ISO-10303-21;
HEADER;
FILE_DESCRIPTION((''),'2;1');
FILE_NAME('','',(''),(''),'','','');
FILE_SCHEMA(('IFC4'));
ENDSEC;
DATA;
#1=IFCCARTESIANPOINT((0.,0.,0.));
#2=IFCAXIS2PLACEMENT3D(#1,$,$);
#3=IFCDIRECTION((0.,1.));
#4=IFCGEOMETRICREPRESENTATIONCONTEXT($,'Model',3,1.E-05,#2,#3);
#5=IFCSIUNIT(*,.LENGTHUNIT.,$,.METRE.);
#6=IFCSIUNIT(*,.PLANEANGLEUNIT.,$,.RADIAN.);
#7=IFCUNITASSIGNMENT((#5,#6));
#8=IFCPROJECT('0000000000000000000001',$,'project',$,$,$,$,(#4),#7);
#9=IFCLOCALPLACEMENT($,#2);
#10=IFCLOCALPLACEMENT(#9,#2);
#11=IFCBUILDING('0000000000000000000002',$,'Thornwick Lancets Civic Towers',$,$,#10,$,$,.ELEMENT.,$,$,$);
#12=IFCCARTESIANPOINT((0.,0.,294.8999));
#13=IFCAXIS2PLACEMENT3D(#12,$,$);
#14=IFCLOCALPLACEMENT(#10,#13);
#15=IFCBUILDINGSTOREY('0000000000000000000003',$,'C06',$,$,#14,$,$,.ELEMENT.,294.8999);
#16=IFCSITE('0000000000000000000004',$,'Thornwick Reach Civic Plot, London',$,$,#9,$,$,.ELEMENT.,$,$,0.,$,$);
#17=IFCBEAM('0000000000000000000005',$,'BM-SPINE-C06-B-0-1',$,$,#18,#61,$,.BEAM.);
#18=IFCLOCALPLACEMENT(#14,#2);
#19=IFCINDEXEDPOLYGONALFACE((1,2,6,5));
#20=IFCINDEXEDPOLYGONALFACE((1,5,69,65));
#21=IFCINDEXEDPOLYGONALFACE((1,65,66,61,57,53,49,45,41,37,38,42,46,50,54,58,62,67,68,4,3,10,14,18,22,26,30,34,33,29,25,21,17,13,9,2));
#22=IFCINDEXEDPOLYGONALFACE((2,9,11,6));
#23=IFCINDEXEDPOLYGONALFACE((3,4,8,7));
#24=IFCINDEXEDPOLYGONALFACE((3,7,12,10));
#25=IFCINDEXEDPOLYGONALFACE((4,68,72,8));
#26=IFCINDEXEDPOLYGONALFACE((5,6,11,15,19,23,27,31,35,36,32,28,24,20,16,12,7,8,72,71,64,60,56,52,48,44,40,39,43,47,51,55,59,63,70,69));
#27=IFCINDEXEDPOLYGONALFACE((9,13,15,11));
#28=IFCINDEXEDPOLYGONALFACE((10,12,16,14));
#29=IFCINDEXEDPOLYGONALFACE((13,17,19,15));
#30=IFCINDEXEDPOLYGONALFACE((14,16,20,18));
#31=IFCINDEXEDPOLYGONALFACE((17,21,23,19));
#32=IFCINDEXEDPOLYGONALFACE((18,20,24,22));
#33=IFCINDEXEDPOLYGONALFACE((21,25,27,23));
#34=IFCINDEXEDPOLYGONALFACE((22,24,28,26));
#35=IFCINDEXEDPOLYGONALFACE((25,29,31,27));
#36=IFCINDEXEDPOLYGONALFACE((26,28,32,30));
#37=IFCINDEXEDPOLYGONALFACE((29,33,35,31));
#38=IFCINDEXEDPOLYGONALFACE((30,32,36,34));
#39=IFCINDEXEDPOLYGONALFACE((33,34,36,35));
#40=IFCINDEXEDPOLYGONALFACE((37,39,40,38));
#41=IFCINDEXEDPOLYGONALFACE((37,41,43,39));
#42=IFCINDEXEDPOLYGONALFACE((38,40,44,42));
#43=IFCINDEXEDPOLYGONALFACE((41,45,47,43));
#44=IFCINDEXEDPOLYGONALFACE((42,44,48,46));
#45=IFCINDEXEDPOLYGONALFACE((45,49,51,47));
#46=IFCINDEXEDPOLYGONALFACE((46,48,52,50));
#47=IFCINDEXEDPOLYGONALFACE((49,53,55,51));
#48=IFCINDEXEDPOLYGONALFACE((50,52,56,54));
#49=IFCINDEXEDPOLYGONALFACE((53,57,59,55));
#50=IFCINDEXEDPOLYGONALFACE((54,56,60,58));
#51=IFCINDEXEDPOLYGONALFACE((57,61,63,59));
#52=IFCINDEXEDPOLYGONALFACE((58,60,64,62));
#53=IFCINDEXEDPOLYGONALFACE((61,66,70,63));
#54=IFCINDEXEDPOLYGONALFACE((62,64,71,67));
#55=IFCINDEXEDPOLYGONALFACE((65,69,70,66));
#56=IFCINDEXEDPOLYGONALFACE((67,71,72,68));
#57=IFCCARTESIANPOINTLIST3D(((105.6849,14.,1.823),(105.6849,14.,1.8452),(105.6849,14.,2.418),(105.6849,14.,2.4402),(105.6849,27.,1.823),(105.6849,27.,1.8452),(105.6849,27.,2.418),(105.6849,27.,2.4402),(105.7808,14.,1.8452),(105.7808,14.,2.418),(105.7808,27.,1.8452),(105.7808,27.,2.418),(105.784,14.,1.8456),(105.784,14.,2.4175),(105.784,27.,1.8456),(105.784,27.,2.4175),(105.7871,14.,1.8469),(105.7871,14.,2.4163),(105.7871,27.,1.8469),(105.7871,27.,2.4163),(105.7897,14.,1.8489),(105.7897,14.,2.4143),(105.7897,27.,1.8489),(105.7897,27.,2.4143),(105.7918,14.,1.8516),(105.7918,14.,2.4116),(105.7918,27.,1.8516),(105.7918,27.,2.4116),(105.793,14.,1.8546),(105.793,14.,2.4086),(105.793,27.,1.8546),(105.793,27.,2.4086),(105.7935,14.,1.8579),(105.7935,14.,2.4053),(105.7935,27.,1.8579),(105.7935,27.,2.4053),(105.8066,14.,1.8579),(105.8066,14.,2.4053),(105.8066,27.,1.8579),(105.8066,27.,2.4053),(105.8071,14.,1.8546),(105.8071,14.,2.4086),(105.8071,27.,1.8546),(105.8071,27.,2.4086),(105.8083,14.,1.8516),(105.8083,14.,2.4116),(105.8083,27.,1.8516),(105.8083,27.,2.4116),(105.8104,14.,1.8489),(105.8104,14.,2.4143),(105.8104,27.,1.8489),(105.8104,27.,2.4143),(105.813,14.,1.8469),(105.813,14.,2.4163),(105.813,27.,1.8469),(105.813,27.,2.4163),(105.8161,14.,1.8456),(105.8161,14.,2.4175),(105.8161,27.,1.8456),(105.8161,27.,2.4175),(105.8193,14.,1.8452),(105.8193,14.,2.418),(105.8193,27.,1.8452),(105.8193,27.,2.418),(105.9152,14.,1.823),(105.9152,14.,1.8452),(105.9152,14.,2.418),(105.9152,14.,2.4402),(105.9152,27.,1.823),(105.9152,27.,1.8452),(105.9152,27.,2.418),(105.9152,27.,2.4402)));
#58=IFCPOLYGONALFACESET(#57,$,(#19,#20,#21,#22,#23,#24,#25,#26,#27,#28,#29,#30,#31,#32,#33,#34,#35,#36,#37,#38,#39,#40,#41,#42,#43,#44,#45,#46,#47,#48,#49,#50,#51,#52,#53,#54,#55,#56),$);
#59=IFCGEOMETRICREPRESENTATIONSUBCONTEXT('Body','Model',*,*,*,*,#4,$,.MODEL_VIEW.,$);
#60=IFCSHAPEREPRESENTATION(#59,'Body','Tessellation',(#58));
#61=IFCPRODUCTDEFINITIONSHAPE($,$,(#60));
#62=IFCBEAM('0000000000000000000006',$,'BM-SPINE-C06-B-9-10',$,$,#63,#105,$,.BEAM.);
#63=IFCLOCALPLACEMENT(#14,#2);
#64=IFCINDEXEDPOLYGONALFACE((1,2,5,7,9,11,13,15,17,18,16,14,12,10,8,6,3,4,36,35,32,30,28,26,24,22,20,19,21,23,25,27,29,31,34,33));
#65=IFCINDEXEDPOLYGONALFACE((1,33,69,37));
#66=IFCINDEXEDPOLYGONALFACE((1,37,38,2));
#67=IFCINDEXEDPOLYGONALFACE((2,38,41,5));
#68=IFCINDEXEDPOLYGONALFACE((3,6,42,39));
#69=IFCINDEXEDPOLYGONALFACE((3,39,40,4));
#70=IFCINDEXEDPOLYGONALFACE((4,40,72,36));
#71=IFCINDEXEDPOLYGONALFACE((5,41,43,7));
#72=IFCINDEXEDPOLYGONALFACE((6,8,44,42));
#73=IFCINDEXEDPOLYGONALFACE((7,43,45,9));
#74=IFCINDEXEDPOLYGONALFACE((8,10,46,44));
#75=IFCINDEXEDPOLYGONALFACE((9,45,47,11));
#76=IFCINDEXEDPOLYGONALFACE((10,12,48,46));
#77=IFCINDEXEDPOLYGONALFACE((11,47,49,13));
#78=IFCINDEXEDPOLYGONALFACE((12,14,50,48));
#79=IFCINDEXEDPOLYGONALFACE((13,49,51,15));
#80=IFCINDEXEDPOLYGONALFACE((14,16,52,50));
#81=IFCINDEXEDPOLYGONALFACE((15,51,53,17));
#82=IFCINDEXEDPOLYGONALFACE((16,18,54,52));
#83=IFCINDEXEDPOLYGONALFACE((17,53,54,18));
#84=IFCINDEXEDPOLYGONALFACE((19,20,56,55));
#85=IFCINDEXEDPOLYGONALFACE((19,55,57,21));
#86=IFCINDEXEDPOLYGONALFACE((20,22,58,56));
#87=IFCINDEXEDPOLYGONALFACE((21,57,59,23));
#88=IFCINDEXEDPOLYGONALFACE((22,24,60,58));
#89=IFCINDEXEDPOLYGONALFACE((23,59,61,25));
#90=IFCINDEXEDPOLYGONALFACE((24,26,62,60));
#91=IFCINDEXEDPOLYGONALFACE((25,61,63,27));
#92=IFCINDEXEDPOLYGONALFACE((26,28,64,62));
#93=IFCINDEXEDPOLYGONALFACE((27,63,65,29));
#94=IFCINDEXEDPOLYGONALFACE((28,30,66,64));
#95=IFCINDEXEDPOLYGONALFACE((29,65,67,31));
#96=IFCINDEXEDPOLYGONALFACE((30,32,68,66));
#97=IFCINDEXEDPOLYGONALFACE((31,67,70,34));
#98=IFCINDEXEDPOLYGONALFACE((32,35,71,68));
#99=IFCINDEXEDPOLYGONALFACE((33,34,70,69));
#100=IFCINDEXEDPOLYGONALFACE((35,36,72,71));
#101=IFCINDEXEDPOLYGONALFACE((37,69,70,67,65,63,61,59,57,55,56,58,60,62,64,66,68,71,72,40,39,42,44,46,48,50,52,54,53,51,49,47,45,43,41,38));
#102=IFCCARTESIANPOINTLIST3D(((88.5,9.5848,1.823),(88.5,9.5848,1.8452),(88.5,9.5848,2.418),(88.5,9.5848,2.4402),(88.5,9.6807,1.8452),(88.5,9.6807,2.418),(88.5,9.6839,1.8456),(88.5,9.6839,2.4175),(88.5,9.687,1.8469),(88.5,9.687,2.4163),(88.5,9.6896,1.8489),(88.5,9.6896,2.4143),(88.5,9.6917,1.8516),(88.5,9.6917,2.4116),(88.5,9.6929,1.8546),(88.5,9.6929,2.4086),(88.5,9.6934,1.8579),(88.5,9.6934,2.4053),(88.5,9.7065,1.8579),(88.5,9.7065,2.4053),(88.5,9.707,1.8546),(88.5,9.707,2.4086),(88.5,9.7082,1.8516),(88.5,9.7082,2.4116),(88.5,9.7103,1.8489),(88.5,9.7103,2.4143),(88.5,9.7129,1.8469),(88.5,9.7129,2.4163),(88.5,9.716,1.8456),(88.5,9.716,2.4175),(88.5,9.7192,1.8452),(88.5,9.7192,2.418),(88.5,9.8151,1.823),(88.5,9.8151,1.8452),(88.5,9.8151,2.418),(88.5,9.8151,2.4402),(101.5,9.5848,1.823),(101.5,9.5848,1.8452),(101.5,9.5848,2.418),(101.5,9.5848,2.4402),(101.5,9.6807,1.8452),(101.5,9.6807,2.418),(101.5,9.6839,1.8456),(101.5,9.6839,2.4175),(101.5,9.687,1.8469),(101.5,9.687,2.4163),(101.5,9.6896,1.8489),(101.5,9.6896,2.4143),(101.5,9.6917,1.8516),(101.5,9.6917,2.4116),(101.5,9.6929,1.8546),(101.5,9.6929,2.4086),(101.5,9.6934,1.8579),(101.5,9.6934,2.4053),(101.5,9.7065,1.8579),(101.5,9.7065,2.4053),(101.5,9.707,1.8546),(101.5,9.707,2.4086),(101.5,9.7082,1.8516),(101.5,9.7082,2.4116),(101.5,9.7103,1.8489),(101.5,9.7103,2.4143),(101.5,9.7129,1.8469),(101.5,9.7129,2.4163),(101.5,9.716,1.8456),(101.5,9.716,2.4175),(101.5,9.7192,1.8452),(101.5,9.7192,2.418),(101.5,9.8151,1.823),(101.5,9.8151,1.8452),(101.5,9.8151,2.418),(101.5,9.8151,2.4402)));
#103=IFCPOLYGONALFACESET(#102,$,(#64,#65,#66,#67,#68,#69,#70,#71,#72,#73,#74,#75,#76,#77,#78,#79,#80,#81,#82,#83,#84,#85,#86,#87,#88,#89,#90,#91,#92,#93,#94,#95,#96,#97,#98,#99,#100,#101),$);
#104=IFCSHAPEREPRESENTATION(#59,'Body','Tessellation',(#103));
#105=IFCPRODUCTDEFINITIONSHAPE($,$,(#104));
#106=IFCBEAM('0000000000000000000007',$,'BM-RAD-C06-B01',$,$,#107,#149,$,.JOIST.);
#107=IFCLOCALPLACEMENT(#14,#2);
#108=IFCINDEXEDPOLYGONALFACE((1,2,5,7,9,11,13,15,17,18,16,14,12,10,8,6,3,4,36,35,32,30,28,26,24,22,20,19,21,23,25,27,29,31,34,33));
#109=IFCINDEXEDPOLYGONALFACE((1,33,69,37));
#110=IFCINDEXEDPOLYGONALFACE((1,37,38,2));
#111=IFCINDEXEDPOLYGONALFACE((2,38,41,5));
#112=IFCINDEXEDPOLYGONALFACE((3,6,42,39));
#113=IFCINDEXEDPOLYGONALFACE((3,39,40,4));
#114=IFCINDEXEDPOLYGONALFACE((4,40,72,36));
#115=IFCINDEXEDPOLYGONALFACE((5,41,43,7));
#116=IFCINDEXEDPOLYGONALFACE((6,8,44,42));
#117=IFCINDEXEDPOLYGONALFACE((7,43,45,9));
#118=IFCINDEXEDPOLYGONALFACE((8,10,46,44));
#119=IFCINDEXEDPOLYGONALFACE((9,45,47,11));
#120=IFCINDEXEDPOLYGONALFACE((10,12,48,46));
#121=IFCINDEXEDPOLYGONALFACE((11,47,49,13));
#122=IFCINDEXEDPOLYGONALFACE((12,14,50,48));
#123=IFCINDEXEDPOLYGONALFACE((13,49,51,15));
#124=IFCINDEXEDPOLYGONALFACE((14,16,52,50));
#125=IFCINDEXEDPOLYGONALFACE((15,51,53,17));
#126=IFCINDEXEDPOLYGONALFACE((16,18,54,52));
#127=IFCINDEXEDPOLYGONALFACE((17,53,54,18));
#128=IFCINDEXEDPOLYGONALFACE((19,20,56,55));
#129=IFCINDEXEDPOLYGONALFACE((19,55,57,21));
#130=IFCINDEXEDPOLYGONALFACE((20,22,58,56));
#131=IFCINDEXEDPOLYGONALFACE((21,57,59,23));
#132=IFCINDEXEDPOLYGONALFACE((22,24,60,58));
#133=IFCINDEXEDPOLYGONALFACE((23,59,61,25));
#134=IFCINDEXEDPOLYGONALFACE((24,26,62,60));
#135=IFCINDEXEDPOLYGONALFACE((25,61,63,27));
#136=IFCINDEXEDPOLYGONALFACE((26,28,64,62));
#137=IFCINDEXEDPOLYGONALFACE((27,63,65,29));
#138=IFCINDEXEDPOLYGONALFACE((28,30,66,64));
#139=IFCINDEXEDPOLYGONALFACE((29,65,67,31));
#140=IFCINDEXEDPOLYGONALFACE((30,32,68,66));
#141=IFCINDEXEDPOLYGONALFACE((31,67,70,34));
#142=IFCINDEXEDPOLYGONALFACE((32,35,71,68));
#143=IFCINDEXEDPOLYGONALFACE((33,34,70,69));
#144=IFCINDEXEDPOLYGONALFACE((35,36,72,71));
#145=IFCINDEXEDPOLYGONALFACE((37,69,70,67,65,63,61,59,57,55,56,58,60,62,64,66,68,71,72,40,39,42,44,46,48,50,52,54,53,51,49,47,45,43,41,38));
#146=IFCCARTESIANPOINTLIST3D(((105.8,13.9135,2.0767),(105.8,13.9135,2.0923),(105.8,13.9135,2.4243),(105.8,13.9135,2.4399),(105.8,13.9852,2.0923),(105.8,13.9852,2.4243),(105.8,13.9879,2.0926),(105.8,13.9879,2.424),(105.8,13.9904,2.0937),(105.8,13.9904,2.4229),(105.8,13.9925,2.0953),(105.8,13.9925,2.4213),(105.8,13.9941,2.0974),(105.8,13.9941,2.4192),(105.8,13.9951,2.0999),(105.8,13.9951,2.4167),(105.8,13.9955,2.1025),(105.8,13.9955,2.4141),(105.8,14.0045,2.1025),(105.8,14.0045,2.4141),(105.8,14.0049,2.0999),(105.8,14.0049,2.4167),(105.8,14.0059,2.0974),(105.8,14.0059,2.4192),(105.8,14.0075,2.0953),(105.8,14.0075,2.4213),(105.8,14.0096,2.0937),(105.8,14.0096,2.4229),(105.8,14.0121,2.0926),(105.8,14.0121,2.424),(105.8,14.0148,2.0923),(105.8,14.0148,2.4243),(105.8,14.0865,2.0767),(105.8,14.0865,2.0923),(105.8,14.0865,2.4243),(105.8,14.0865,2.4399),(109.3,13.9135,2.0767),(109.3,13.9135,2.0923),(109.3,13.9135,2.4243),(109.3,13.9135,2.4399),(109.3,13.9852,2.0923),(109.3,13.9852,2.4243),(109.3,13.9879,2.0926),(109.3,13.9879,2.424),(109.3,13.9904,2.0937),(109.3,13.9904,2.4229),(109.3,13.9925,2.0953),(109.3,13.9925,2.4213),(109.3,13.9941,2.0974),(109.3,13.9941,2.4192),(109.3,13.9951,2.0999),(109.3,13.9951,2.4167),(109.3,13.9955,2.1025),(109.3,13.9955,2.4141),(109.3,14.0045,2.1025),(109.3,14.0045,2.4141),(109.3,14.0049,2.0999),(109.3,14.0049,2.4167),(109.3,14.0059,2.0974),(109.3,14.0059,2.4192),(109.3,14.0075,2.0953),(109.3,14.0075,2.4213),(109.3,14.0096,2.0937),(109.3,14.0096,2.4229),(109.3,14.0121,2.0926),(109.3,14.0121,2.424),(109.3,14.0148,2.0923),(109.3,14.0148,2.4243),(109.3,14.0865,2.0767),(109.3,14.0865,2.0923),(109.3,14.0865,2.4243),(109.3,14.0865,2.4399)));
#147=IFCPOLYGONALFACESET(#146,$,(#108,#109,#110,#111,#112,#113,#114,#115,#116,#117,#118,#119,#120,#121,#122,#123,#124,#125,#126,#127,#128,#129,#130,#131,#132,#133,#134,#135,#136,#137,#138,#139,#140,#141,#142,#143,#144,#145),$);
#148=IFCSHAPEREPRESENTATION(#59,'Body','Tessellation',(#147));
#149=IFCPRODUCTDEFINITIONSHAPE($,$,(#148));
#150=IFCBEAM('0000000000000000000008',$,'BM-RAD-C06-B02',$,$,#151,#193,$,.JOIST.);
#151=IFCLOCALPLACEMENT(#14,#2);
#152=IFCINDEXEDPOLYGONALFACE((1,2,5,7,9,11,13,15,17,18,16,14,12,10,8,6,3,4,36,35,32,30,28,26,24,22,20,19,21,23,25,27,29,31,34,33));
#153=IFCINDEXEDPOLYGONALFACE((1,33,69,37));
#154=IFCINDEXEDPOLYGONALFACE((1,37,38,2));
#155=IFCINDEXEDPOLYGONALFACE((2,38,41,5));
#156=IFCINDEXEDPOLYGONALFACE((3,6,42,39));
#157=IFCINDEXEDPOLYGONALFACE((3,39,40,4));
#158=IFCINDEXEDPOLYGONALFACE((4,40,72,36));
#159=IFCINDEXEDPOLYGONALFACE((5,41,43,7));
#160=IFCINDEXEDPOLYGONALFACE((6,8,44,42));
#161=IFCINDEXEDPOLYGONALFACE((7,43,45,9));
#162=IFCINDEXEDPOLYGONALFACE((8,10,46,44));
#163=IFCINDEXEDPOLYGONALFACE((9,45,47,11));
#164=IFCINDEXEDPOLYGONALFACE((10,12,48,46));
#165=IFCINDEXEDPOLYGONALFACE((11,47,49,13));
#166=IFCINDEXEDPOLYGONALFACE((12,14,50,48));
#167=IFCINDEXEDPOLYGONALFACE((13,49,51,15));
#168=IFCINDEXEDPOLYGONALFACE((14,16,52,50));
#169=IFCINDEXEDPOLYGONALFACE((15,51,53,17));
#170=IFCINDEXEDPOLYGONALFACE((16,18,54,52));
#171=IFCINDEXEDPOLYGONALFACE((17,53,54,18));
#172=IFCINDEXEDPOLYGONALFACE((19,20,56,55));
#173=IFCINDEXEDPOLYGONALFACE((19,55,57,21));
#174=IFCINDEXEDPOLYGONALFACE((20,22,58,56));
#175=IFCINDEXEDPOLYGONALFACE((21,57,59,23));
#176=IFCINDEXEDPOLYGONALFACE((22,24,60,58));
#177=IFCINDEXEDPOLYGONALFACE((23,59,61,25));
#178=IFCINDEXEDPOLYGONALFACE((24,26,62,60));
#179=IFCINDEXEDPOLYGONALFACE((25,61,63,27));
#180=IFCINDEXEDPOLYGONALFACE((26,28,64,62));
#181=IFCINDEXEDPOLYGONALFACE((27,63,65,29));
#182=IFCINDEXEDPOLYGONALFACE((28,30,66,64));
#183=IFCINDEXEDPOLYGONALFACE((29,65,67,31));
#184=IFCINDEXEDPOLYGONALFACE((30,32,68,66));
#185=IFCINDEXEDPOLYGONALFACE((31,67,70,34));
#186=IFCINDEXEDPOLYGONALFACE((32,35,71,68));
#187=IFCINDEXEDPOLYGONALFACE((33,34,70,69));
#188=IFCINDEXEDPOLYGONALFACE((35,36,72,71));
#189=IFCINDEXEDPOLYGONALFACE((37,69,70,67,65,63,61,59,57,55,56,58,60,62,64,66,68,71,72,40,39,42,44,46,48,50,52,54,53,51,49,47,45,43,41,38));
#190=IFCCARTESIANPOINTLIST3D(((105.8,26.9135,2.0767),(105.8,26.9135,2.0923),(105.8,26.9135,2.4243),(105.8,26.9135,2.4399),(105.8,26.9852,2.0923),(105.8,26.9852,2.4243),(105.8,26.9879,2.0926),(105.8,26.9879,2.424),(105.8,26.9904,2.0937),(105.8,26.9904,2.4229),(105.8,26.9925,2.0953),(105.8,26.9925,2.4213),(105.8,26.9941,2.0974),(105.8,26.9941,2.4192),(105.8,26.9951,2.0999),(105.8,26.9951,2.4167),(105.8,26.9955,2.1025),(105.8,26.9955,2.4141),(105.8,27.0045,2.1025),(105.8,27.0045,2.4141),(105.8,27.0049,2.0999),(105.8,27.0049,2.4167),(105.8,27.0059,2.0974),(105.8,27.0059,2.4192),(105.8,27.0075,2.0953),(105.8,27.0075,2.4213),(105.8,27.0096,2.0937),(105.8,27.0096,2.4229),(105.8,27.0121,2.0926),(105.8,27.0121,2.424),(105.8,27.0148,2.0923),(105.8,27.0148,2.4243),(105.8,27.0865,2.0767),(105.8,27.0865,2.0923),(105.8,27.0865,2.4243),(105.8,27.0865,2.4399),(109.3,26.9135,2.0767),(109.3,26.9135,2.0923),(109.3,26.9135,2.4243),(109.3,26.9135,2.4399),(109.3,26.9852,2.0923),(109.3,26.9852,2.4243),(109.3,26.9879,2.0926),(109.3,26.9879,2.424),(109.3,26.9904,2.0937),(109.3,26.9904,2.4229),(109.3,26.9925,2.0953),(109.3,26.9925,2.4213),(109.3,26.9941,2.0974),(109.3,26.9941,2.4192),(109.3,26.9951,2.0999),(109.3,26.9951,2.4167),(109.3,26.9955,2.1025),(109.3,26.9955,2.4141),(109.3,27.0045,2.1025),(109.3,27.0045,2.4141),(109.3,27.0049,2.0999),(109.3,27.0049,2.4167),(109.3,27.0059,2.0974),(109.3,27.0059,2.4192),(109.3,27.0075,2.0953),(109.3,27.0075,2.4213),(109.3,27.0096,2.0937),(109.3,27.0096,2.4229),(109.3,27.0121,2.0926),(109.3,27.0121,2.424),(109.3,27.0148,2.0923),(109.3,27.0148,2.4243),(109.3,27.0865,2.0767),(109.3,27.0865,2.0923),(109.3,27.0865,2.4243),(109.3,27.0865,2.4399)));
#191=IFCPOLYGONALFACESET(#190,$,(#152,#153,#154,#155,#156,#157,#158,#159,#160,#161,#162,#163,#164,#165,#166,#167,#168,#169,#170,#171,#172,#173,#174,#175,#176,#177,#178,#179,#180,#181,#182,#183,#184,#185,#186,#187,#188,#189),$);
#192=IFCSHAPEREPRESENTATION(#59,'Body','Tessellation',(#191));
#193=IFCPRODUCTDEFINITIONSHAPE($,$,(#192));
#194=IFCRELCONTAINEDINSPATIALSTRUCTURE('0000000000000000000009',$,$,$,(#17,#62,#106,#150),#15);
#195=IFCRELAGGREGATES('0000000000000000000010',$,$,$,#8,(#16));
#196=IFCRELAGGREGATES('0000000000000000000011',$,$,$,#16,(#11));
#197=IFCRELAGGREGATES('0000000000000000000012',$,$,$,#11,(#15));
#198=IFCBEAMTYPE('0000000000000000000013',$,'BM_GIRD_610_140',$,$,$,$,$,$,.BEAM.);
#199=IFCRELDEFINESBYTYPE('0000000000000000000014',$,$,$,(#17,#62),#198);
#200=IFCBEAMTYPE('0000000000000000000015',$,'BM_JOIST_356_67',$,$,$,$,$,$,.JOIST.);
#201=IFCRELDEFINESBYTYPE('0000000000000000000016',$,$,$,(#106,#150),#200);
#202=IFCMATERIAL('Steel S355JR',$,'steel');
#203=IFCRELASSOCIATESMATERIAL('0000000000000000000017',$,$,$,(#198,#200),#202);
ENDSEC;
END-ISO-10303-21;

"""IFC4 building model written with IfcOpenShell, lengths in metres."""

from ifc_helpers import new_model, si_unit, direction, frame, origin, origin_2d, place, context, subcontext, project, spatial, i_section, extrude, material, material_profile, profile_set, type_object, element, save


model = new_model("IFC4")

# Units and contexts
model_context = context("Model", 3, precision=1e-05, world=origin(), true_north=direction((0.0, 1.0)))
body_context = subcontext(model_context, "Body", "Model", "MODEL_VIEW")
ifc_project = project(units=[si_unit("LENGTHUNIT", "METRE"), si_unit("PLANEANGLEUNIT", "RADIAN")], contexts=[model_context])

# Site, building, storey
site_placement = place(None, origin())
site = spatial("IfcSite", under=ifc_project, at=site_placement, Name="Thornwick Reach Civic Plot, London", CompositionType="ELEMENT", RefElevation=0.0)
building_placement = place(site_placement, origin())
building = spatial("IfcBuilding", under=site, at=building_placement, Name="Thornwick Lancets Civic Towers", CompositionType="ELEMENT")
storey_placement = place(building_placement, frame((0.0, 0.0, 294.8999)))
storey = spatial("IfcBuildingStorey", under=building, at=storey_placement, Name="C06", CompositionType="ELEMENT", Elevation=294.8999)

# Shared definitions
ifc_material_1 = material(Name="Steel S355JR", Category="steel")

# Beams
ifc_material_profile_1 = material_profile(ifc_material_1, i_section(OverallWidth=0.2302, OverallDepth=0.6172, WebThickness=0.0132, FlangeThickness=0.0222, FilletRadius=0.0127, at=origin_2d()), Name="UKB 610x229x140")
ifc_profile_set_1 = profile_set([ifc_material_profile_1], Name="Steel S355JR")
beam_type_1 = type_object("IfcBeamType", Name="BM_GIRD_610_140", PredefinedType="BEAM", material=ifc_profile_set_1)
for number, where, z_axis, x_axis, name in (
    (1, (105.8, 14.0, 2.1316), (0.0, 1.0, 0.0), (-1.0, 0.0, 0.0), "BM-SPINE-C06-B-0-1"),
    (2, (101.5, 9.7, 2.1316), (-1.0, 0.0, 0.0), (0.0, -1.0, 0.0), "BM-SPINE-C06-B-9-10"),
):
    element("IfcBeam", number, at=place(storey_placement, frame(where, z_axis=z_axis, x_axis=x_axis)), inside=storey, type_object=beam_type_1, Name=name, PredefinedType="BEAM", context=body_context, shape_type="SweptSolid", body=[
        extrude(i_section(OverallWidth=0.2302, OverallDepth=0.6172, WebThickness=0.0132, FlangeThickness=0.0222, FilletRadius=0.0127, at=origin_2d()), origin(), (0.0, 0.0, 1.0), 13.0),
    ])
ifc_material_profile_2 = material_profile(ifc_material_1, i_section(OverallWidth=0.1731, OverallDepth=0.3633, WebThickness=0.009, FlangeThickness=0.0156, FilletRadius=0.0103, at=origin_2d()), Name="UKB 356x171x67")
ifc_profile_set_2 = profile_set([ifc_material_profile_2], Name="Steel S355JR")
beam_type_2 = type_object("IfcBeamType", Name="BM_JOIST_356_67", PredefinedType="JOIST", material=ifc_profile_set_2)
for number, where, z_axis, x_axis, name in (
    (3, (105.8, 14.0, 2.2583), (1.0, 0.0, 0.0), (0.0, 1.0, 0.0), "BM-RAD-C06-B01"),
    (4, (105.8, 27.0, 2.2583), (1.0, 0.0, 0.0), (0.0, 1.0, 0.0), "BM-RAD-C06-B02"),
):
    element("IfcBeam", number, at=place(storey_placement, frame(where, z_axis=z_axis, x_axis=x_axis)), inside=storey, type_object=beam_type_2, Name=name, PredefinedType="JOIST", context=body_context, shape_type="SweptSolid", body=[
        extrude(i_section(OverallWidth=0.1731, OverallDepth=0.3633, WebThickness=0.009, FlangeThickness=0.0156, FilletRadius=0.0103, at=origin_2d()), origin(), (0.0, 0.0, 1.0), 3.5),
    ])

save(model, "model.ifc")
